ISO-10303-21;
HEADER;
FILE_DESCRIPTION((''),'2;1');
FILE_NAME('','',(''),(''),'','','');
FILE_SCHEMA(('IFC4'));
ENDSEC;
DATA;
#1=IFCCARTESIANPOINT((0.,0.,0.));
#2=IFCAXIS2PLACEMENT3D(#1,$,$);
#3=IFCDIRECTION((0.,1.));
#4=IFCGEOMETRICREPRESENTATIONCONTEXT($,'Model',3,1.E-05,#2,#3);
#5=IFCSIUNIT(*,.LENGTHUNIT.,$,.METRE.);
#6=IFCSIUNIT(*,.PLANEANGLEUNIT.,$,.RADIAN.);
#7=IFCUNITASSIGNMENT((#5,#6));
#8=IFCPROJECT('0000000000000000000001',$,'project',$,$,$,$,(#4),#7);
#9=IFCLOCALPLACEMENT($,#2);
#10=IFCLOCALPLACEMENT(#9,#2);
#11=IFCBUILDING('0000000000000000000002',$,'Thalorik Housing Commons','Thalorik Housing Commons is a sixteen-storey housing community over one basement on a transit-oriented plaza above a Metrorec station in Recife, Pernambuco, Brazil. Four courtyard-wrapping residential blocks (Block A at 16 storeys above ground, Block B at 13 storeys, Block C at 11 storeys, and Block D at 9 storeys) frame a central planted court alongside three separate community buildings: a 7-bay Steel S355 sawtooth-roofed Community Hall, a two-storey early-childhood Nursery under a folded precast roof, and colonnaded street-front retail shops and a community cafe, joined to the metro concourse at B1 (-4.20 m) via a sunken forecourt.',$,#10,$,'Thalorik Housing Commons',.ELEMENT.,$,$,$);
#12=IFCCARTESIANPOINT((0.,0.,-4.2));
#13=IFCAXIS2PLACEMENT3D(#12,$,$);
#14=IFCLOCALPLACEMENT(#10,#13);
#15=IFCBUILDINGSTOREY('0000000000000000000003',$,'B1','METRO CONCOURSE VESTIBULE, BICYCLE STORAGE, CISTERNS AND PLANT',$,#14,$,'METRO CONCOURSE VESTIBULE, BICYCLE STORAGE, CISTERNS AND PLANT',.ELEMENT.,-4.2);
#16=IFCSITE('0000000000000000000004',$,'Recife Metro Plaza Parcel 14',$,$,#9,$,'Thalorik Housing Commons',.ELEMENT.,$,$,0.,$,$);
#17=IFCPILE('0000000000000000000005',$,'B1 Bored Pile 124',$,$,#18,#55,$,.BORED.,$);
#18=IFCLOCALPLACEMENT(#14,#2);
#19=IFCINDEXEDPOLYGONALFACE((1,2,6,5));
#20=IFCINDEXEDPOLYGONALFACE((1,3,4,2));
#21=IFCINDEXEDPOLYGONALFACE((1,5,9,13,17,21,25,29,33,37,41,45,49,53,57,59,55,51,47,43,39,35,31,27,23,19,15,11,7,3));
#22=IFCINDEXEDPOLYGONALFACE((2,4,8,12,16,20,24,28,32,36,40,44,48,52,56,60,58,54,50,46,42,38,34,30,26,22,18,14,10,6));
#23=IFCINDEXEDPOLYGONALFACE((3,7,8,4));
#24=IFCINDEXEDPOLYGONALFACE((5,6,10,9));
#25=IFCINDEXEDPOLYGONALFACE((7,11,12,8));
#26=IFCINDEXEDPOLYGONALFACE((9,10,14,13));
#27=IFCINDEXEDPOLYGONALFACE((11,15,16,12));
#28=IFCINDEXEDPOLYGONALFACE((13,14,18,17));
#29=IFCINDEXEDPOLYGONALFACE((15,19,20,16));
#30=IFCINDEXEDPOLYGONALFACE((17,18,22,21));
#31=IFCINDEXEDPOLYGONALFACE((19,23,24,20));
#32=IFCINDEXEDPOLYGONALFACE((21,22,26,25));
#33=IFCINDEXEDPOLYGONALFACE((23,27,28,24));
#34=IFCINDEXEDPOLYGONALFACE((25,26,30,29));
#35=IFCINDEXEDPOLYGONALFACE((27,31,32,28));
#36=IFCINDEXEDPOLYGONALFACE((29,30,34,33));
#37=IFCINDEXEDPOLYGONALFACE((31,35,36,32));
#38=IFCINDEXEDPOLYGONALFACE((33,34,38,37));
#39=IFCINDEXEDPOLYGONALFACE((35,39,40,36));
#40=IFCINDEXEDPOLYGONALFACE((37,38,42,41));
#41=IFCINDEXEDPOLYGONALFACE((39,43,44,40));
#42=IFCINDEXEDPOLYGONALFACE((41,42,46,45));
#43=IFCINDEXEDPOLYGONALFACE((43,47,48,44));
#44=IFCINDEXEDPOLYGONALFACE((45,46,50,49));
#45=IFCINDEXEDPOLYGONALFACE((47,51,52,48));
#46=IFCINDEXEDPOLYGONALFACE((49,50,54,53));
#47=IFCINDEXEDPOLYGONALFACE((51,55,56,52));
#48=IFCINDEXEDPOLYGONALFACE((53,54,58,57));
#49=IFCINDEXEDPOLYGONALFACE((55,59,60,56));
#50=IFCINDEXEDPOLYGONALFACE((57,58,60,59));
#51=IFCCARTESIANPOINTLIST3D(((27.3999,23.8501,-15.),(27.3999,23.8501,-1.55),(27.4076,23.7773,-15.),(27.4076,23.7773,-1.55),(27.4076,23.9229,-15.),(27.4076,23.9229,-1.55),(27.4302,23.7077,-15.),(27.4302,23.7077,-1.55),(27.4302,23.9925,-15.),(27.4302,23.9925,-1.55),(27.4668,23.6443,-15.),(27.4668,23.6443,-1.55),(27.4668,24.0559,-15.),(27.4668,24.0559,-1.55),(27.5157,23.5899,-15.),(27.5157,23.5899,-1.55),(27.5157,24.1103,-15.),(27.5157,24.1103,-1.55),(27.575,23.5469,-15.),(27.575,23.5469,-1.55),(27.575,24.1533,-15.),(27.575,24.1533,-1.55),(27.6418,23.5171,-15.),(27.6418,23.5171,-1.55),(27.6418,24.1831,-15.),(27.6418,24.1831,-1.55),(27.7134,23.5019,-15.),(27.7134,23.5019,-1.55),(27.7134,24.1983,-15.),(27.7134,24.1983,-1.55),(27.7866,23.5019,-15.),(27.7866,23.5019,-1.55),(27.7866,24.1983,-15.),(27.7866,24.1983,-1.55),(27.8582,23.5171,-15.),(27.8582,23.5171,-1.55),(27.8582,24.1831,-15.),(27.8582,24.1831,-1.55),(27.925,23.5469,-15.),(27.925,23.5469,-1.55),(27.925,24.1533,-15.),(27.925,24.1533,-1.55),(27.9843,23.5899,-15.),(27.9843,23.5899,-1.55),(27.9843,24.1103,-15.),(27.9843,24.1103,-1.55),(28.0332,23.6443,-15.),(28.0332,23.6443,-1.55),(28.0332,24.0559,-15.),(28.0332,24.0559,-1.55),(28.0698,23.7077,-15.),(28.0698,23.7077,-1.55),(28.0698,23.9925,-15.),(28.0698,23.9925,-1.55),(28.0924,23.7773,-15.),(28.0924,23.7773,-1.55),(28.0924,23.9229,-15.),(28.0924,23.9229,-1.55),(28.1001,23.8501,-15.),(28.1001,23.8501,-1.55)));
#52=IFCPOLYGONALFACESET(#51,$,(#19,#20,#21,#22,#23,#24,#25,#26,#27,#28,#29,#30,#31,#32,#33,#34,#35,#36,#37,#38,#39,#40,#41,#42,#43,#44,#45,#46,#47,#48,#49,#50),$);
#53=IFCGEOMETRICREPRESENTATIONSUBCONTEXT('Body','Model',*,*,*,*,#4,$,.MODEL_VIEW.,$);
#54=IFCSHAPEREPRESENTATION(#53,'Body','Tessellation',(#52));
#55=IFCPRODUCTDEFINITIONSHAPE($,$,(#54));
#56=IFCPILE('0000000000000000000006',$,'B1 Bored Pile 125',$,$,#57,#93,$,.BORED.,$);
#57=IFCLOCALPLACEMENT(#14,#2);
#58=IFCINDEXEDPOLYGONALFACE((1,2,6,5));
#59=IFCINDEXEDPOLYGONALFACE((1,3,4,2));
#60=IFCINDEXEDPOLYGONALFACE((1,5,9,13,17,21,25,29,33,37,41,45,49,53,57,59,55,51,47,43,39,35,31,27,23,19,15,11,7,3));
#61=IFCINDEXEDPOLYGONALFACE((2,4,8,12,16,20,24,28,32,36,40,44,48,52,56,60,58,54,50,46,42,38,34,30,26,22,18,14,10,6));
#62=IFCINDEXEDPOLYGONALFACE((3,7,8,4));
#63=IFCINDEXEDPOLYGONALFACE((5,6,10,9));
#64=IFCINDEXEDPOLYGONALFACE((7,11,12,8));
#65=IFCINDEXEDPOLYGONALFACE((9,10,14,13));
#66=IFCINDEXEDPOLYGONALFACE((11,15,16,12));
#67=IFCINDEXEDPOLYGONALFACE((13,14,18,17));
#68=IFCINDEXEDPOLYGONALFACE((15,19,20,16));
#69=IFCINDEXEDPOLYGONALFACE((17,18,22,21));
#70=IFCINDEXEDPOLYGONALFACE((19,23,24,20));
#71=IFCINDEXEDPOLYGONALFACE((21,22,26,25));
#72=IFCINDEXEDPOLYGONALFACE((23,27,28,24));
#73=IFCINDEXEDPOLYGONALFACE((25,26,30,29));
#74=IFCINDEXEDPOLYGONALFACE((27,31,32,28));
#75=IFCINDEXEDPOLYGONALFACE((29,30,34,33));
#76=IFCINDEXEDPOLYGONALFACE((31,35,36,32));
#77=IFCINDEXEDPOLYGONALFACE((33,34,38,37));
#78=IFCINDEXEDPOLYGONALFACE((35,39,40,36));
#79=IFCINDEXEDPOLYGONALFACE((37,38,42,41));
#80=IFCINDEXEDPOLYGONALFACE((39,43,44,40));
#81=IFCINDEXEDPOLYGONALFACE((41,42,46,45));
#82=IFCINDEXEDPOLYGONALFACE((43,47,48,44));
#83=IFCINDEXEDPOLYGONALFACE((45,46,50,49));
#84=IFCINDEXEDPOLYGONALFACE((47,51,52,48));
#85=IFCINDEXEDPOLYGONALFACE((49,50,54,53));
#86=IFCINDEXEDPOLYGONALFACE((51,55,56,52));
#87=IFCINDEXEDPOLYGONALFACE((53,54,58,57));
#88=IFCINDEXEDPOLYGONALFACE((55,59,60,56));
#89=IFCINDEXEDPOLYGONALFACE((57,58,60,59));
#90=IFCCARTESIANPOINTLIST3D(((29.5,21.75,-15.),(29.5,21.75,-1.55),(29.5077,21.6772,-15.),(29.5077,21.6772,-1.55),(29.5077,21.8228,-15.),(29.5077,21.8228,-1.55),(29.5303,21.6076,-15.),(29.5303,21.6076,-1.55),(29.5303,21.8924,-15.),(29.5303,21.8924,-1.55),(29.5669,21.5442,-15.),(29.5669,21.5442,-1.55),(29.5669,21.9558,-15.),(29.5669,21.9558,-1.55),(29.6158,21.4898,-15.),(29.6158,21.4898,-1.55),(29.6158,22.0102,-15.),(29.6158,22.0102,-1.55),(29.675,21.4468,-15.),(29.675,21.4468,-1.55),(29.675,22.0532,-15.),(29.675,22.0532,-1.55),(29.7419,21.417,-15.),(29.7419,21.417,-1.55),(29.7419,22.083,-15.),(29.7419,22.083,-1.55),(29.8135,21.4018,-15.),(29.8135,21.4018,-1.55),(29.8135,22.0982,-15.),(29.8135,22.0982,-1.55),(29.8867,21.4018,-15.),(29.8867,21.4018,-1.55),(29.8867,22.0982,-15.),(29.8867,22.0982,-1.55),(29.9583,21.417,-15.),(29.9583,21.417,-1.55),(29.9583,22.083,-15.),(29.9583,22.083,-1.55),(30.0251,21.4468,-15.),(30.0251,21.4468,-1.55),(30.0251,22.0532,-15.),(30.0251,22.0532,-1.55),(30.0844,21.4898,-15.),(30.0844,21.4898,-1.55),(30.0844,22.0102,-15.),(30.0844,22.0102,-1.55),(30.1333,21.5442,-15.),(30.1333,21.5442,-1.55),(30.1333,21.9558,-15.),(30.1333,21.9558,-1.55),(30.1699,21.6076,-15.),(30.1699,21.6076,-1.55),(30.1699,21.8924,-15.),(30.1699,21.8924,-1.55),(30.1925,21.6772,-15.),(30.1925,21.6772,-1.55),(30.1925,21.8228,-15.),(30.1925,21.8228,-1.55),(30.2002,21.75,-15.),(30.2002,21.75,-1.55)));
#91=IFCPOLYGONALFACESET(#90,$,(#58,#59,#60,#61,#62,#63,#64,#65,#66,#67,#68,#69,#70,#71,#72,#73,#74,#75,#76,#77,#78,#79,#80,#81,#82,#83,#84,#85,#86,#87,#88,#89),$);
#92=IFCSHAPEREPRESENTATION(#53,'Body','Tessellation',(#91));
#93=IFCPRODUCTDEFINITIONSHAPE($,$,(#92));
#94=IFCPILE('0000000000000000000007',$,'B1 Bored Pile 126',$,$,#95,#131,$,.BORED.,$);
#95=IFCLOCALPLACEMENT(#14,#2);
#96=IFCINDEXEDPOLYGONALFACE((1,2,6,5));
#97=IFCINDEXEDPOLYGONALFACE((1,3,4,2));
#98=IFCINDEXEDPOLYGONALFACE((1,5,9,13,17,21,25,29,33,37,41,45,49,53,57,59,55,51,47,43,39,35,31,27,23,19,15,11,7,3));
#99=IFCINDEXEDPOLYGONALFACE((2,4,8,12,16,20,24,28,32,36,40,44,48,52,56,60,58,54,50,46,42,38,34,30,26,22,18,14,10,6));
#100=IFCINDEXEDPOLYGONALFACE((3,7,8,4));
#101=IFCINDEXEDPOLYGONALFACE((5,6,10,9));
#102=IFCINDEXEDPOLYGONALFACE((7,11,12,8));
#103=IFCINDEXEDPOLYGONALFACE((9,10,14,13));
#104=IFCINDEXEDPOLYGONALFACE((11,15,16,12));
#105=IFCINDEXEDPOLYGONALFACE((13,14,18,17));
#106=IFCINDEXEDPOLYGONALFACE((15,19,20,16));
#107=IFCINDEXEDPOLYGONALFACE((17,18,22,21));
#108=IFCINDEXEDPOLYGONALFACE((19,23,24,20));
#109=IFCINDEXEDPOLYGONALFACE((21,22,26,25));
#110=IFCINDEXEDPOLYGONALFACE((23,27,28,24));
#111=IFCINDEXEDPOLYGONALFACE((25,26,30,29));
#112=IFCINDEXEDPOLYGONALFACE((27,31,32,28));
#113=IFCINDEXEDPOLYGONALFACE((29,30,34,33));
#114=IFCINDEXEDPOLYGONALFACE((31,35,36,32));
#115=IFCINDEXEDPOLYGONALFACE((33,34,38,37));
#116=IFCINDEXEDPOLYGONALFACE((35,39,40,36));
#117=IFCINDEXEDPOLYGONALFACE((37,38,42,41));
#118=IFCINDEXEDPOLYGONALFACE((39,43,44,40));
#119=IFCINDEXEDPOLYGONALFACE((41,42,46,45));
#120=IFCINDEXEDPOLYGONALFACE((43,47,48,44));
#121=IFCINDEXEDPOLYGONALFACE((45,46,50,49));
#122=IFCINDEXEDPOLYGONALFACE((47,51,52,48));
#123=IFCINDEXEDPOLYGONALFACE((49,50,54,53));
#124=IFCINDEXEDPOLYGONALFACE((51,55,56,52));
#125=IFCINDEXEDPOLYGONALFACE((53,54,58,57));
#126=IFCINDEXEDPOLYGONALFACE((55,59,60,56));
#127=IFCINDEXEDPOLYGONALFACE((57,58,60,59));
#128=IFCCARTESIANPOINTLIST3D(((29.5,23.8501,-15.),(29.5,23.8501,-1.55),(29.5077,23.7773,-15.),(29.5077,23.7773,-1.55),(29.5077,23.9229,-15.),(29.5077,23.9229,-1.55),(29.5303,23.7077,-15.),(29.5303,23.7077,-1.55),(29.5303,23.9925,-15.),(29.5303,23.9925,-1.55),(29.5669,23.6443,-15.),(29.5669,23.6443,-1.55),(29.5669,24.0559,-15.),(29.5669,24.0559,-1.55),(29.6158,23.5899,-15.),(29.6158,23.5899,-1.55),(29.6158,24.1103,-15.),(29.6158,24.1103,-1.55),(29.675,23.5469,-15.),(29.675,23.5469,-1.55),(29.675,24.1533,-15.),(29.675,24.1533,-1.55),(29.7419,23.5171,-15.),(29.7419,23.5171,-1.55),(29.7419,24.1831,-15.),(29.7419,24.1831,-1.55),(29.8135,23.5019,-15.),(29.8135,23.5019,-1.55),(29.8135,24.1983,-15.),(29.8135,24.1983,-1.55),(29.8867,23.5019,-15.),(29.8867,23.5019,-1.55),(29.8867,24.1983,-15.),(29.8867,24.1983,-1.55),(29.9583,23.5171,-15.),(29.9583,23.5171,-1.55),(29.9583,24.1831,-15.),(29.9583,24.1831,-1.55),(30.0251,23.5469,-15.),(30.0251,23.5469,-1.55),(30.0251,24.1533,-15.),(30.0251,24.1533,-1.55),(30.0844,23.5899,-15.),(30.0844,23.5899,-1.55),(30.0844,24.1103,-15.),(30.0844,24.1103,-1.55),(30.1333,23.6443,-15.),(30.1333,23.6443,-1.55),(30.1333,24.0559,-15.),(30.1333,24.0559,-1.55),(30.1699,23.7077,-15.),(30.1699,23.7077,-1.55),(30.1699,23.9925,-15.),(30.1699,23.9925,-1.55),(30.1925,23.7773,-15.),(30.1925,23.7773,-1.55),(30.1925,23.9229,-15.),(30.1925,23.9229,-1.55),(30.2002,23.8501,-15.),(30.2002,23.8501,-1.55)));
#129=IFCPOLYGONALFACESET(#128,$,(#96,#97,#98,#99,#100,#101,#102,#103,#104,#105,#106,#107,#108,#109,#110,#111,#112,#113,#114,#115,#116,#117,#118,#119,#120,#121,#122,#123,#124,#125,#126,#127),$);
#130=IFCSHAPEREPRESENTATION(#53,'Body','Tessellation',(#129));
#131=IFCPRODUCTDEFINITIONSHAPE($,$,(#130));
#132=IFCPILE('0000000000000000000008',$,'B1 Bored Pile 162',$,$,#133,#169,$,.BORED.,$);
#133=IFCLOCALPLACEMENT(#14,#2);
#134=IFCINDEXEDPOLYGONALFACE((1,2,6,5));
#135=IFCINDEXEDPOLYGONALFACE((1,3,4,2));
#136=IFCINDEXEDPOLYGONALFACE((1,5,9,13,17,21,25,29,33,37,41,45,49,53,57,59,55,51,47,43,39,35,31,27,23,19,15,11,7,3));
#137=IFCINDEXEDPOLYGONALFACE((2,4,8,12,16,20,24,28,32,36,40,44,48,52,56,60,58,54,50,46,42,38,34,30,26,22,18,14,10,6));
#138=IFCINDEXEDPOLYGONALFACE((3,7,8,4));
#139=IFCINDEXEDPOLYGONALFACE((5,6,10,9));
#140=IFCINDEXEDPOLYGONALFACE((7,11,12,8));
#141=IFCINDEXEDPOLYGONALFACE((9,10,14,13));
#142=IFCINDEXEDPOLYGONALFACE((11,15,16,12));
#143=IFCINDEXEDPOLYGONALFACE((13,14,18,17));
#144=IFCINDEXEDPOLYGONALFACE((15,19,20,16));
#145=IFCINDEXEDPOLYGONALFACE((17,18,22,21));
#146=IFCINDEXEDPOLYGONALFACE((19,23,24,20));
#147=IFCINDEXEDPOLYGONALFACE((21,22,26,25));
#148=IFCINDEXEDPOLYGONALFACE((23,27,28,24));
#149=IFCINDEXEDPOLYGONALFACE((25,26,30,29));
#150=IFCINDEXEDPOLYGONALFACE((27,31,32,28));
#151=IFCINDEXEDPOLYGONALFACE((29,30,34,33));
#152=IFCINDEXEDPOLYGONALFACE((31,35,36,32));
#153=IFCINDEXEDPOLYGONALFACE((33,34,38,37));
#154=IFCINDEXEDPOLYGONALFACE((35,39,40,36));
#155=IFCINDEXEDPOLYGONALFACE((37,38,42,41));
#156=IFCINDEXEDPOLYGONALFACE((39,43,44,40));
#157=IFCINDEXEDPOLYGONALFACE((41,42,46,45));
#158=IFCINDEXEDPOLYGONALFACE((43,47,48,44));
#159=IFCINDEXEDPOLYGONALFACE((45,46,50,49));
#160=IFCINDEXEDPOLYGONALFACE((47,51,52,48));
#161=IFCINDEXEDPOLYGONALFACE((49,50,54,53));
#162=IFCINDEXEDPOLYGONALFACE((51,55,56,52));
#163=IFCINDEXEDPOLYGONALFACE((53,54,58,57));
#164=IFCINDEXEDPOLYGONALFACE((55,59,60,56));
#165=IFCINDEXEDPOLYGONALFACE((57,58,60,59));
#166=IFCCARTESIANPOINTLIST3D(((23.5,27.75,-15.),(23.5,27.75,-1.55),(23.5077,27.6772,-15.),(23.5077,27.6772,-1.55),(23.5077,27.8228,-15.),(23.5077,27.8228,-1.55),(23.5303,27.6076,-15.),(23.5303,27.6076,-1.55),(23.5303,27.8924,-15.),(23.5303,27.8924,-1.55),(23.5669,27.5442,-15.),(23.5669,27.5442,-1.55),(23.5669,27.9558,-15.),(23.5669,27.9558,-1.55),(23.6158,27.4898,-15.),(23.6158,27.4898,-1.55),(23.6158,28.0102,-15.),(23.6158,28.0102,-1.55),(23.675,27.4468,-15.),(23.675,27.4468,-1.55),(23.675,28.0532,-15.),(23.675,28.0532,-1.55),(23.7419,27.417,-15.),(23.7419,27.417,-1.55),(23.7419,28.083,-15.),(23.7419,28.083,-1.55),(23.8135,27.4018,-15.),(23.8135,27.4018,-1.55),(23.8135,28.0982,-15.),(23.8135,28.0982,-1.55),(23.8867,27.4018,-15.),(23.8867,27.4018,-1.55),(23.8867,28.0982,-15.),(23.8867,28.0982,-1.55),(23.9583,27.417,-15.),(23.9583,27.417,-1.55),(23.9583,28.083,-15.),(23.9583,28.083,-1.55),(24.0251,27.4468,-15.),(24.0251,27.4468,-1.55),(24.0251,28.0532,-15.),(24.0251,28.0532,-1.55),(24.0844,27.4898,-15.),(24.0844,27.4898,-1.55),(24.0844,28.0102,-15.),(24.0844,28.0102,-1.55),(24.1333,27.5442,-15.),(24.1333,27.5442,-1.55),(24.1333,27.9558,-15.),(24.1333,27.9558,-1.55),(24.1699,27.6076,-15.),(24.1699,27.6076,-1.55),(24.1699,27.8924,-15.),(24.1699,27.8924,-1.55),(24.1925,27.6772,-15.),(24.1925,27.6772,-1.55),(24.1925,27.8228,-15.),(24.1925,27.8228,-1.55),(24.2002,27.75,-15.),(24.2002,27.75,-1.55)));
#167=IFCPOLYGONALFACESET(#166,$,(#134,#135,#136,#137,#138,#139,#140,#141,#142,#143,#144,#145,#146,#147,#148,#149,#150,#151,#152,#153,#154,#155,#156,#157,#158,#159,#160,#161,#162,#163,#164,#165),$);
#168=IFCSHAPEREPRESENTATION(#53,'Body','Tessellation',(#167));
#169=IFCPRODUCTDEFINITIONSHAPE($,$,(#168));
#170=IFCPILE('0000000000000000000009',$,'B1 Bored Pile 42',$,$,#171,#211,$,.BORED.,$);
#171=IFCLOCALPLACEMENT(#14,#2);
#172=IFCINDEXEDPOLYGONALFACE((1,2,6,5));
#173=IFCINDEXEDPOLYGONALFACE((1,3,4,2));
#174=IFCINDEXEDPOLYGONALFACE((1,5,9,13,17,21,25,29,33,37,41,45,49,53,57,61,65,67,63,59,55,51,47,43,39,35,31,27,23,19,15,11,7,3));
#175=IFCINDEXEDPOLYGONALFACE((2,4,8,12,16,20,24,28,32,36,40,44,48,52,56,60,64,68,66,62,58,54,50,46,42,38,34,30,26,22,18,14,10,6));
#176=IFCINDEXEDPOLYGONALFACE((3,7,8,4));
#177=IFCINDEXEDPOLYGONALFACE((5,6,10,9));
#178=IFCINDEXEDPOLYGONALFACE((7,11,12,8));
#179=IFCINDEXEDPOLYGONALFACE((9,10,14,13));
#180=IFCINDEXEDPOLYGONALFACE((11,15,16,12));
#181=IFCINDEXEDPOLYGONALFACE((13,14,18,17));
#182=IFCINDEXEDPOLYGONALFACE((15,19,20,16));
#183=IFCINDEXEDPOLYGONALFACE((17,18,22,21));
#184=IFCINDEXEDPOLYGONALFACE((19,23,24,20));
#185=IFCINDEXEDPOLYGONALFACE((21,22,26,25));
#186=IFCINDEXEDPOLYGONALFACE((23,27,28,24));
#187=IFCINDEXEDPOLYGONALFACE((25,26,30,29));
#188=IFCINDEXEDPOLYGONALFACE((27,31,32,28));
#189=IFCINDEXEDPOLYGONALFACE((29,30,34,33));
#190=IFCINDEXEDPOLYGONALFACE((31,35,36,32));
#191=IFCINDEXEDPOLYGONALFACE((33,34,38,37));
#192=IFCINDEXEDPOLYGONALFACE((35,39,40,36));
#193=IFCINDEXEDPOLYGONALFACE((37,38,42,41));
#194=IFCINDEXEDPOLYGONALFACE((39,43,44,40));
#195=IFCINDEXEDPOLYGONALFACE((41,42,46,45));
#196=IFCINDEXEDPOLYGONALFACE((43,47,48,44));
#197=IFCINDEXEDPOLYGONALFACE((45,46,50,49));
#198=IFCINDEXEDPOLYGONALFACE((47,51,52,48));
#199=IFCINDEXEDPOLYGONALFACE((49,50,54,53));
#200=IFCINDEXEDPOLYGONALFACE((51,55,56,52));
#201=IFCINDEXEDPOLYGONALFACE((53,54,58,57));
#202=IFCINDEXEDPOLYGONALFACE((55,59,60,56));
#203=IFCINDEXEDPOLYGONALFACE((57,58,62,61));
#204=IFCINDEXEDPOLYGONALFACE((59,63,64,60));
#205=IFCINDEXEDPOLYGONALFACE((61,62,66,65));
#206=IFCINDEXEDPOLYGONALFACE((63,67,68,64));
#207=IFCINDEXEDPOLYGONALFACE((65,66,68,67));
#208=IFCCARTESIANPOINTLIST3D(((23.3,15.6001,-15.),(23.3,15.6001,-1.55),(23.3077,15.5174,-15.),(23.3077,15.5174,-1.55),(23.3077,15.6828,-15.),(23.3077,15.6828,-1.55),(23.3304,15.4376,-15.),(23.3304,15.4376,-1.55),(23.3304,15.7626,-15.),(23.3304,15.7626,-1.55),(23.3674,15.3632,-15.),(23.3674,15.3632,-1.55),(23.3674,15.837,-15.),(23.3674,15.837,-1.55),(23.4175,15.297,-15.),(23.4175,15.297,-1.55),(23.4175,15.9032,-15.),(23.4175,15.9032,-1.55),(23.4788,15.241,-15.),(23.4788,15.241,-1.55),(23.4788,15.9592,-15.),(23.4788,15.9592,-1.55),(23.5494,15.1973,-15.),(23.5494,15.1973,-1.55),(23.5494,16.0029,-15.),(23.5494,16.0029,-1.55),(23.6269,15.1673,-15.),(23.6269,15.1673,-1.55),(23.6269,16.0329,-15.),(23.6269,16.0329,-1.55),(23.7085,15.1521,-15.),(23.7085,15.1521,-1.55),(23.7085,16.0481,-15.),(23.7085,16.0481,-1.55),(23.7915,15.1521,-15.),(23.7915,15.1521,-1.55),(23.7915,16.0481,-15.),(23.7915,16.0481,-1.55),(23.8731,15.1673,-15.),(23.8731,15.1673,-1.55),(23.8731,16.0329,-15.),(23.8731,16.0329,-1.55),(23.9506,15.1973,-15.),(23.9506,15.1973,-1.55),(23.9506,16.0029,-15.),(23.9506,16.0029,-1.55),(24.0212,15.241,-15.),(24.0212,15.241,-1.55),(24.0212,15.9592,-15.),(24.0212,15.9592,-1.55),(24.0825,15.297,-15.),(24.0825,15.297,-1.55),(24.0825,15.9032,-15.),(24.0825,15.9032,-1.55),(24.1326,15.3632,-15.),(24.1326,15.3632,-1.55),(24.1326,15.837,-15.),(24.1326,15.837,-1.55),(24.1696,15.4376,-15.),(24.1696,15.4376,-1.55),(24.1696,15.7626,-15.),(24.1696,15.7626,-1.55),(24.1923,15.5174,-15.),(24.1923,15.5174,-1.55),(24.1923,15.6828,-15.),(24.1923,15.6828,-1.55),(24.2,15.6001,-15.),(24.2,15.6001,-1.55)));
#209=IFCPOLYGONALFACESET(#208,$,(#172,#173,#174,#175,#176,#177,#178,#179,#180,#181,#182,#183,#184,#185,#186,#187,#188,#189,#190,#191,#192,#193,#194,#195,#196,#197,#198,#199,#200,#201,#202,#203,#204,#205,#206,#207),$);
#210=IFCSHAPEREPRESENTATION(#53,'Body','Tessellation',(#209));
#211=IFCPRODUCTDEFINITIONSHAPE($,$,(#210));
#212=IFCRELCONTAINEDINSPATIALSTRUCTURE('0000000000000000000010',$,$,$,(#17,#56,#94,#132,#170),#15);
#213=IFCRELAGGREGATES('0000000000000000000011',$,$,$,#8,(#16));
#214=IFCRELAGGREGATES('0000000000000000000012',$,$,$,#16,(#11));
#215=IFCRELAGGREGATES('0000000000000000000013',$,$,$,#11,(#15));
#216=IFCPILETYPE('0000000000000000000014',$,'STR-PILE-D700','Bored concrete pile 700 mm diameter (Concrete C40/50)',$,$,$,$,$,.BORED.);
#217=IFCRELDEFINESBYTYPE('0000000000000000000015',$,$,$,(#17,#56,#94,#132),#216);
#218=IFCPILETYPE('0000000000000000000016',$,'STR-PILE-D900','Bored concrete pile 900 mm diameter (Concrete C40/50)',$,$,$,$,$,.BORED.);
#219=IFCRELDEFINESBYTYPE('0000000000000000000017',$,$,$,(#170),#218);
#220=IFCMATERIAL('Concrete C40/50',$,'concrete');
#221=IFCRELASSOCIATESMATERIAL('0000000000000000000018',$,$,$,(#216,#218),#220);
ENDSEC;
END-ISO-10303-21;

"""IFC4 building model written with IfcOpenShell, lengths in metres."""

from ifc_helpers import new_model, si_unit, direction, frame, origin, origin_2d, place, context, subcontext, project, spatial, circle, extrude, material, material_profile, profile_set, type_object, element, save


model = new_model("IFC4")

# Units and contexts
model_context = context("Model", 3, precision=1e-05, world=origin(), true_north=direction((0.0, 1.0)))
body_context = subcontext(model_context, "Body", "Model", "MODEL_VIEW")
ifc_project = project(units=[si_unit("LENGTHUNIT", "METRE"), si_unit("PLANEANGLEUNIT", "RADIAN")], contexts=[model_context])

# Site, building, storey
site_placement = place(None, origin())
site = spatial("IfcSite", under=ifc_project, at=site_placement, Name="Recife Metro Plaza Parcel 14", LongName="Thalorik Housing Commons", CompositionType="ELEMENT", RefElevation=0.0)
building_placement = place(site_placement, origin())
building = spatial("IfcBuilding", under=site, at=building_placement, Name="Thalorik Housing Commons", Description="Thalorik Housing Commons is a sixteen-storey housing community over one basement on a transit-oriented plaza above a Metrorec station in Recife, Pernambuco, Brazil. Four courtyard-wrapping residential blocks (Block A at 16 storeys above ground, Block B at 13 storeys, Block C at 11 storeys, and Block D at 9 storeys) frame a central planted court alongside three separate community buildings: a 7-bay Steel S355 sawtooth-roofed Community Hall, a two-storey early-childhood Nursery under a folded precast roof, and colonnaded street-front retail shops and a community cafe, joined to the metro concourse at B1 (-4.20 m) via a sunken forecourt.", LongName="Thalorik Housing Commons", CompositionType="ELEMENT")
storey_placement = place(building_placement, frame((0.0, 0.0, -4.2)))
storey = spatial("IfcBuildingStorey", under=building, at=storey_placement, Name="B1", Description="METRO CONCOURSE VESTIBULE, BICYCLE STORAGE, CISTERNS AND PLANT", LongName="METRO CONCOURSE VESTIBULE, BICYCLE STORAGE, CISTERNS AND PLANT", CompositionType="ELEMENT", Elevation=-4.2)

# Shared definitions
ifc_material_1 = material(Name="Concrete C40/50", Category="concrete")

# Piles
ifc_material_profile_1 = material_profile(ifc_material_1, circle(Radius=0.3501, at=origin_2d()), Name="BORED PILE D700", Category="concrete")
ifc_profile_set_1 = profile_set([ifc_material_profile_1], Name="Concrete C40/50")
pile_type_1 = type_object("IfcPileType", Name="STR-PILE-D700", Description="Bored concrete pile 700 mm diameter (Concrete C40/50)", PredefinedType="BORED", material=ifc_profile_set_1)
for number, where, z_axis, x_axis, name in (
    (1, (27.75, 23.8501, -1.55), (0.0, 0.0, -1.0), (1.0, 0.0, 0.0), "B1 Bored Pile 124"),
    (2, (29.8501, 21.75, -1.55), (0.0, 0.0, -1.0), (1.0, 0.0, 0.0), "B1 Bored Pile 125"),
    (3, (29.8501, 23.8501, -1.55), (0.0, 0.0, -1.0), (1.0, 0.0, 0.0), "B1 Bored Pile 126"),
    (4, (23.8501, 27.75, -1.55), (0.0, 0.0, -1.0), (1.0, 0.0, 0.0), "B1 Bored Pile 162"),
):
    element("IfcPile", number, at=place(storey_placement, frame(where, z_axis=z_axis, x_axis=x_axis)), inside=storey, type_object=pile_type_1, Name=name, PredefinedType="BORED", context=body_context, shape_type="SweptSolid", body=[
        extrude(circle(Radius=0.3501, at=origin_2d()), origin(), (0.0, 0.0, 1.0), 13.45),
    ])
ifc_material_profile_2 = material_profile(ifc_material_1, circle(Radius=0.45, at=origin_2d()), Name="BORED PILE D900", Category="concrete")
ifc_profile_set_2 = profile_set([ifc_material_profile_2], Name="Concrete C40/50")
pile_type_2 = type_object("IfcPileType", Name="STR-PILE-D900", Description="Bored concrete pile 900 mm diameter (Concrete C40/50)", PredefinedType="BORED", material=ifc_profile_set_2)
for number, where, z_axis, x_axis, name in (
    (5, (23.75, 15.6001, -1.55), (0.0, 0.0, -1.0), (1.0, 0.0, 0.0), "B1 Bored Pile 42"),
):
    element("IfcPile", number, at=place(storey_placement, frame(where, z_axis=z_axis, x_axis=x_axis)), inside=storey, type_object=pile_type_2, Name=name, PredefinedType="BORED", context=body_context, shape_type="SweptSolid", body=[
        extrude(circle(Radius=0.45, at=origin_2d()), origin(), (0.0, 0.0, 1.0), 13.45),
    ])

save(model, "model.ifc")
